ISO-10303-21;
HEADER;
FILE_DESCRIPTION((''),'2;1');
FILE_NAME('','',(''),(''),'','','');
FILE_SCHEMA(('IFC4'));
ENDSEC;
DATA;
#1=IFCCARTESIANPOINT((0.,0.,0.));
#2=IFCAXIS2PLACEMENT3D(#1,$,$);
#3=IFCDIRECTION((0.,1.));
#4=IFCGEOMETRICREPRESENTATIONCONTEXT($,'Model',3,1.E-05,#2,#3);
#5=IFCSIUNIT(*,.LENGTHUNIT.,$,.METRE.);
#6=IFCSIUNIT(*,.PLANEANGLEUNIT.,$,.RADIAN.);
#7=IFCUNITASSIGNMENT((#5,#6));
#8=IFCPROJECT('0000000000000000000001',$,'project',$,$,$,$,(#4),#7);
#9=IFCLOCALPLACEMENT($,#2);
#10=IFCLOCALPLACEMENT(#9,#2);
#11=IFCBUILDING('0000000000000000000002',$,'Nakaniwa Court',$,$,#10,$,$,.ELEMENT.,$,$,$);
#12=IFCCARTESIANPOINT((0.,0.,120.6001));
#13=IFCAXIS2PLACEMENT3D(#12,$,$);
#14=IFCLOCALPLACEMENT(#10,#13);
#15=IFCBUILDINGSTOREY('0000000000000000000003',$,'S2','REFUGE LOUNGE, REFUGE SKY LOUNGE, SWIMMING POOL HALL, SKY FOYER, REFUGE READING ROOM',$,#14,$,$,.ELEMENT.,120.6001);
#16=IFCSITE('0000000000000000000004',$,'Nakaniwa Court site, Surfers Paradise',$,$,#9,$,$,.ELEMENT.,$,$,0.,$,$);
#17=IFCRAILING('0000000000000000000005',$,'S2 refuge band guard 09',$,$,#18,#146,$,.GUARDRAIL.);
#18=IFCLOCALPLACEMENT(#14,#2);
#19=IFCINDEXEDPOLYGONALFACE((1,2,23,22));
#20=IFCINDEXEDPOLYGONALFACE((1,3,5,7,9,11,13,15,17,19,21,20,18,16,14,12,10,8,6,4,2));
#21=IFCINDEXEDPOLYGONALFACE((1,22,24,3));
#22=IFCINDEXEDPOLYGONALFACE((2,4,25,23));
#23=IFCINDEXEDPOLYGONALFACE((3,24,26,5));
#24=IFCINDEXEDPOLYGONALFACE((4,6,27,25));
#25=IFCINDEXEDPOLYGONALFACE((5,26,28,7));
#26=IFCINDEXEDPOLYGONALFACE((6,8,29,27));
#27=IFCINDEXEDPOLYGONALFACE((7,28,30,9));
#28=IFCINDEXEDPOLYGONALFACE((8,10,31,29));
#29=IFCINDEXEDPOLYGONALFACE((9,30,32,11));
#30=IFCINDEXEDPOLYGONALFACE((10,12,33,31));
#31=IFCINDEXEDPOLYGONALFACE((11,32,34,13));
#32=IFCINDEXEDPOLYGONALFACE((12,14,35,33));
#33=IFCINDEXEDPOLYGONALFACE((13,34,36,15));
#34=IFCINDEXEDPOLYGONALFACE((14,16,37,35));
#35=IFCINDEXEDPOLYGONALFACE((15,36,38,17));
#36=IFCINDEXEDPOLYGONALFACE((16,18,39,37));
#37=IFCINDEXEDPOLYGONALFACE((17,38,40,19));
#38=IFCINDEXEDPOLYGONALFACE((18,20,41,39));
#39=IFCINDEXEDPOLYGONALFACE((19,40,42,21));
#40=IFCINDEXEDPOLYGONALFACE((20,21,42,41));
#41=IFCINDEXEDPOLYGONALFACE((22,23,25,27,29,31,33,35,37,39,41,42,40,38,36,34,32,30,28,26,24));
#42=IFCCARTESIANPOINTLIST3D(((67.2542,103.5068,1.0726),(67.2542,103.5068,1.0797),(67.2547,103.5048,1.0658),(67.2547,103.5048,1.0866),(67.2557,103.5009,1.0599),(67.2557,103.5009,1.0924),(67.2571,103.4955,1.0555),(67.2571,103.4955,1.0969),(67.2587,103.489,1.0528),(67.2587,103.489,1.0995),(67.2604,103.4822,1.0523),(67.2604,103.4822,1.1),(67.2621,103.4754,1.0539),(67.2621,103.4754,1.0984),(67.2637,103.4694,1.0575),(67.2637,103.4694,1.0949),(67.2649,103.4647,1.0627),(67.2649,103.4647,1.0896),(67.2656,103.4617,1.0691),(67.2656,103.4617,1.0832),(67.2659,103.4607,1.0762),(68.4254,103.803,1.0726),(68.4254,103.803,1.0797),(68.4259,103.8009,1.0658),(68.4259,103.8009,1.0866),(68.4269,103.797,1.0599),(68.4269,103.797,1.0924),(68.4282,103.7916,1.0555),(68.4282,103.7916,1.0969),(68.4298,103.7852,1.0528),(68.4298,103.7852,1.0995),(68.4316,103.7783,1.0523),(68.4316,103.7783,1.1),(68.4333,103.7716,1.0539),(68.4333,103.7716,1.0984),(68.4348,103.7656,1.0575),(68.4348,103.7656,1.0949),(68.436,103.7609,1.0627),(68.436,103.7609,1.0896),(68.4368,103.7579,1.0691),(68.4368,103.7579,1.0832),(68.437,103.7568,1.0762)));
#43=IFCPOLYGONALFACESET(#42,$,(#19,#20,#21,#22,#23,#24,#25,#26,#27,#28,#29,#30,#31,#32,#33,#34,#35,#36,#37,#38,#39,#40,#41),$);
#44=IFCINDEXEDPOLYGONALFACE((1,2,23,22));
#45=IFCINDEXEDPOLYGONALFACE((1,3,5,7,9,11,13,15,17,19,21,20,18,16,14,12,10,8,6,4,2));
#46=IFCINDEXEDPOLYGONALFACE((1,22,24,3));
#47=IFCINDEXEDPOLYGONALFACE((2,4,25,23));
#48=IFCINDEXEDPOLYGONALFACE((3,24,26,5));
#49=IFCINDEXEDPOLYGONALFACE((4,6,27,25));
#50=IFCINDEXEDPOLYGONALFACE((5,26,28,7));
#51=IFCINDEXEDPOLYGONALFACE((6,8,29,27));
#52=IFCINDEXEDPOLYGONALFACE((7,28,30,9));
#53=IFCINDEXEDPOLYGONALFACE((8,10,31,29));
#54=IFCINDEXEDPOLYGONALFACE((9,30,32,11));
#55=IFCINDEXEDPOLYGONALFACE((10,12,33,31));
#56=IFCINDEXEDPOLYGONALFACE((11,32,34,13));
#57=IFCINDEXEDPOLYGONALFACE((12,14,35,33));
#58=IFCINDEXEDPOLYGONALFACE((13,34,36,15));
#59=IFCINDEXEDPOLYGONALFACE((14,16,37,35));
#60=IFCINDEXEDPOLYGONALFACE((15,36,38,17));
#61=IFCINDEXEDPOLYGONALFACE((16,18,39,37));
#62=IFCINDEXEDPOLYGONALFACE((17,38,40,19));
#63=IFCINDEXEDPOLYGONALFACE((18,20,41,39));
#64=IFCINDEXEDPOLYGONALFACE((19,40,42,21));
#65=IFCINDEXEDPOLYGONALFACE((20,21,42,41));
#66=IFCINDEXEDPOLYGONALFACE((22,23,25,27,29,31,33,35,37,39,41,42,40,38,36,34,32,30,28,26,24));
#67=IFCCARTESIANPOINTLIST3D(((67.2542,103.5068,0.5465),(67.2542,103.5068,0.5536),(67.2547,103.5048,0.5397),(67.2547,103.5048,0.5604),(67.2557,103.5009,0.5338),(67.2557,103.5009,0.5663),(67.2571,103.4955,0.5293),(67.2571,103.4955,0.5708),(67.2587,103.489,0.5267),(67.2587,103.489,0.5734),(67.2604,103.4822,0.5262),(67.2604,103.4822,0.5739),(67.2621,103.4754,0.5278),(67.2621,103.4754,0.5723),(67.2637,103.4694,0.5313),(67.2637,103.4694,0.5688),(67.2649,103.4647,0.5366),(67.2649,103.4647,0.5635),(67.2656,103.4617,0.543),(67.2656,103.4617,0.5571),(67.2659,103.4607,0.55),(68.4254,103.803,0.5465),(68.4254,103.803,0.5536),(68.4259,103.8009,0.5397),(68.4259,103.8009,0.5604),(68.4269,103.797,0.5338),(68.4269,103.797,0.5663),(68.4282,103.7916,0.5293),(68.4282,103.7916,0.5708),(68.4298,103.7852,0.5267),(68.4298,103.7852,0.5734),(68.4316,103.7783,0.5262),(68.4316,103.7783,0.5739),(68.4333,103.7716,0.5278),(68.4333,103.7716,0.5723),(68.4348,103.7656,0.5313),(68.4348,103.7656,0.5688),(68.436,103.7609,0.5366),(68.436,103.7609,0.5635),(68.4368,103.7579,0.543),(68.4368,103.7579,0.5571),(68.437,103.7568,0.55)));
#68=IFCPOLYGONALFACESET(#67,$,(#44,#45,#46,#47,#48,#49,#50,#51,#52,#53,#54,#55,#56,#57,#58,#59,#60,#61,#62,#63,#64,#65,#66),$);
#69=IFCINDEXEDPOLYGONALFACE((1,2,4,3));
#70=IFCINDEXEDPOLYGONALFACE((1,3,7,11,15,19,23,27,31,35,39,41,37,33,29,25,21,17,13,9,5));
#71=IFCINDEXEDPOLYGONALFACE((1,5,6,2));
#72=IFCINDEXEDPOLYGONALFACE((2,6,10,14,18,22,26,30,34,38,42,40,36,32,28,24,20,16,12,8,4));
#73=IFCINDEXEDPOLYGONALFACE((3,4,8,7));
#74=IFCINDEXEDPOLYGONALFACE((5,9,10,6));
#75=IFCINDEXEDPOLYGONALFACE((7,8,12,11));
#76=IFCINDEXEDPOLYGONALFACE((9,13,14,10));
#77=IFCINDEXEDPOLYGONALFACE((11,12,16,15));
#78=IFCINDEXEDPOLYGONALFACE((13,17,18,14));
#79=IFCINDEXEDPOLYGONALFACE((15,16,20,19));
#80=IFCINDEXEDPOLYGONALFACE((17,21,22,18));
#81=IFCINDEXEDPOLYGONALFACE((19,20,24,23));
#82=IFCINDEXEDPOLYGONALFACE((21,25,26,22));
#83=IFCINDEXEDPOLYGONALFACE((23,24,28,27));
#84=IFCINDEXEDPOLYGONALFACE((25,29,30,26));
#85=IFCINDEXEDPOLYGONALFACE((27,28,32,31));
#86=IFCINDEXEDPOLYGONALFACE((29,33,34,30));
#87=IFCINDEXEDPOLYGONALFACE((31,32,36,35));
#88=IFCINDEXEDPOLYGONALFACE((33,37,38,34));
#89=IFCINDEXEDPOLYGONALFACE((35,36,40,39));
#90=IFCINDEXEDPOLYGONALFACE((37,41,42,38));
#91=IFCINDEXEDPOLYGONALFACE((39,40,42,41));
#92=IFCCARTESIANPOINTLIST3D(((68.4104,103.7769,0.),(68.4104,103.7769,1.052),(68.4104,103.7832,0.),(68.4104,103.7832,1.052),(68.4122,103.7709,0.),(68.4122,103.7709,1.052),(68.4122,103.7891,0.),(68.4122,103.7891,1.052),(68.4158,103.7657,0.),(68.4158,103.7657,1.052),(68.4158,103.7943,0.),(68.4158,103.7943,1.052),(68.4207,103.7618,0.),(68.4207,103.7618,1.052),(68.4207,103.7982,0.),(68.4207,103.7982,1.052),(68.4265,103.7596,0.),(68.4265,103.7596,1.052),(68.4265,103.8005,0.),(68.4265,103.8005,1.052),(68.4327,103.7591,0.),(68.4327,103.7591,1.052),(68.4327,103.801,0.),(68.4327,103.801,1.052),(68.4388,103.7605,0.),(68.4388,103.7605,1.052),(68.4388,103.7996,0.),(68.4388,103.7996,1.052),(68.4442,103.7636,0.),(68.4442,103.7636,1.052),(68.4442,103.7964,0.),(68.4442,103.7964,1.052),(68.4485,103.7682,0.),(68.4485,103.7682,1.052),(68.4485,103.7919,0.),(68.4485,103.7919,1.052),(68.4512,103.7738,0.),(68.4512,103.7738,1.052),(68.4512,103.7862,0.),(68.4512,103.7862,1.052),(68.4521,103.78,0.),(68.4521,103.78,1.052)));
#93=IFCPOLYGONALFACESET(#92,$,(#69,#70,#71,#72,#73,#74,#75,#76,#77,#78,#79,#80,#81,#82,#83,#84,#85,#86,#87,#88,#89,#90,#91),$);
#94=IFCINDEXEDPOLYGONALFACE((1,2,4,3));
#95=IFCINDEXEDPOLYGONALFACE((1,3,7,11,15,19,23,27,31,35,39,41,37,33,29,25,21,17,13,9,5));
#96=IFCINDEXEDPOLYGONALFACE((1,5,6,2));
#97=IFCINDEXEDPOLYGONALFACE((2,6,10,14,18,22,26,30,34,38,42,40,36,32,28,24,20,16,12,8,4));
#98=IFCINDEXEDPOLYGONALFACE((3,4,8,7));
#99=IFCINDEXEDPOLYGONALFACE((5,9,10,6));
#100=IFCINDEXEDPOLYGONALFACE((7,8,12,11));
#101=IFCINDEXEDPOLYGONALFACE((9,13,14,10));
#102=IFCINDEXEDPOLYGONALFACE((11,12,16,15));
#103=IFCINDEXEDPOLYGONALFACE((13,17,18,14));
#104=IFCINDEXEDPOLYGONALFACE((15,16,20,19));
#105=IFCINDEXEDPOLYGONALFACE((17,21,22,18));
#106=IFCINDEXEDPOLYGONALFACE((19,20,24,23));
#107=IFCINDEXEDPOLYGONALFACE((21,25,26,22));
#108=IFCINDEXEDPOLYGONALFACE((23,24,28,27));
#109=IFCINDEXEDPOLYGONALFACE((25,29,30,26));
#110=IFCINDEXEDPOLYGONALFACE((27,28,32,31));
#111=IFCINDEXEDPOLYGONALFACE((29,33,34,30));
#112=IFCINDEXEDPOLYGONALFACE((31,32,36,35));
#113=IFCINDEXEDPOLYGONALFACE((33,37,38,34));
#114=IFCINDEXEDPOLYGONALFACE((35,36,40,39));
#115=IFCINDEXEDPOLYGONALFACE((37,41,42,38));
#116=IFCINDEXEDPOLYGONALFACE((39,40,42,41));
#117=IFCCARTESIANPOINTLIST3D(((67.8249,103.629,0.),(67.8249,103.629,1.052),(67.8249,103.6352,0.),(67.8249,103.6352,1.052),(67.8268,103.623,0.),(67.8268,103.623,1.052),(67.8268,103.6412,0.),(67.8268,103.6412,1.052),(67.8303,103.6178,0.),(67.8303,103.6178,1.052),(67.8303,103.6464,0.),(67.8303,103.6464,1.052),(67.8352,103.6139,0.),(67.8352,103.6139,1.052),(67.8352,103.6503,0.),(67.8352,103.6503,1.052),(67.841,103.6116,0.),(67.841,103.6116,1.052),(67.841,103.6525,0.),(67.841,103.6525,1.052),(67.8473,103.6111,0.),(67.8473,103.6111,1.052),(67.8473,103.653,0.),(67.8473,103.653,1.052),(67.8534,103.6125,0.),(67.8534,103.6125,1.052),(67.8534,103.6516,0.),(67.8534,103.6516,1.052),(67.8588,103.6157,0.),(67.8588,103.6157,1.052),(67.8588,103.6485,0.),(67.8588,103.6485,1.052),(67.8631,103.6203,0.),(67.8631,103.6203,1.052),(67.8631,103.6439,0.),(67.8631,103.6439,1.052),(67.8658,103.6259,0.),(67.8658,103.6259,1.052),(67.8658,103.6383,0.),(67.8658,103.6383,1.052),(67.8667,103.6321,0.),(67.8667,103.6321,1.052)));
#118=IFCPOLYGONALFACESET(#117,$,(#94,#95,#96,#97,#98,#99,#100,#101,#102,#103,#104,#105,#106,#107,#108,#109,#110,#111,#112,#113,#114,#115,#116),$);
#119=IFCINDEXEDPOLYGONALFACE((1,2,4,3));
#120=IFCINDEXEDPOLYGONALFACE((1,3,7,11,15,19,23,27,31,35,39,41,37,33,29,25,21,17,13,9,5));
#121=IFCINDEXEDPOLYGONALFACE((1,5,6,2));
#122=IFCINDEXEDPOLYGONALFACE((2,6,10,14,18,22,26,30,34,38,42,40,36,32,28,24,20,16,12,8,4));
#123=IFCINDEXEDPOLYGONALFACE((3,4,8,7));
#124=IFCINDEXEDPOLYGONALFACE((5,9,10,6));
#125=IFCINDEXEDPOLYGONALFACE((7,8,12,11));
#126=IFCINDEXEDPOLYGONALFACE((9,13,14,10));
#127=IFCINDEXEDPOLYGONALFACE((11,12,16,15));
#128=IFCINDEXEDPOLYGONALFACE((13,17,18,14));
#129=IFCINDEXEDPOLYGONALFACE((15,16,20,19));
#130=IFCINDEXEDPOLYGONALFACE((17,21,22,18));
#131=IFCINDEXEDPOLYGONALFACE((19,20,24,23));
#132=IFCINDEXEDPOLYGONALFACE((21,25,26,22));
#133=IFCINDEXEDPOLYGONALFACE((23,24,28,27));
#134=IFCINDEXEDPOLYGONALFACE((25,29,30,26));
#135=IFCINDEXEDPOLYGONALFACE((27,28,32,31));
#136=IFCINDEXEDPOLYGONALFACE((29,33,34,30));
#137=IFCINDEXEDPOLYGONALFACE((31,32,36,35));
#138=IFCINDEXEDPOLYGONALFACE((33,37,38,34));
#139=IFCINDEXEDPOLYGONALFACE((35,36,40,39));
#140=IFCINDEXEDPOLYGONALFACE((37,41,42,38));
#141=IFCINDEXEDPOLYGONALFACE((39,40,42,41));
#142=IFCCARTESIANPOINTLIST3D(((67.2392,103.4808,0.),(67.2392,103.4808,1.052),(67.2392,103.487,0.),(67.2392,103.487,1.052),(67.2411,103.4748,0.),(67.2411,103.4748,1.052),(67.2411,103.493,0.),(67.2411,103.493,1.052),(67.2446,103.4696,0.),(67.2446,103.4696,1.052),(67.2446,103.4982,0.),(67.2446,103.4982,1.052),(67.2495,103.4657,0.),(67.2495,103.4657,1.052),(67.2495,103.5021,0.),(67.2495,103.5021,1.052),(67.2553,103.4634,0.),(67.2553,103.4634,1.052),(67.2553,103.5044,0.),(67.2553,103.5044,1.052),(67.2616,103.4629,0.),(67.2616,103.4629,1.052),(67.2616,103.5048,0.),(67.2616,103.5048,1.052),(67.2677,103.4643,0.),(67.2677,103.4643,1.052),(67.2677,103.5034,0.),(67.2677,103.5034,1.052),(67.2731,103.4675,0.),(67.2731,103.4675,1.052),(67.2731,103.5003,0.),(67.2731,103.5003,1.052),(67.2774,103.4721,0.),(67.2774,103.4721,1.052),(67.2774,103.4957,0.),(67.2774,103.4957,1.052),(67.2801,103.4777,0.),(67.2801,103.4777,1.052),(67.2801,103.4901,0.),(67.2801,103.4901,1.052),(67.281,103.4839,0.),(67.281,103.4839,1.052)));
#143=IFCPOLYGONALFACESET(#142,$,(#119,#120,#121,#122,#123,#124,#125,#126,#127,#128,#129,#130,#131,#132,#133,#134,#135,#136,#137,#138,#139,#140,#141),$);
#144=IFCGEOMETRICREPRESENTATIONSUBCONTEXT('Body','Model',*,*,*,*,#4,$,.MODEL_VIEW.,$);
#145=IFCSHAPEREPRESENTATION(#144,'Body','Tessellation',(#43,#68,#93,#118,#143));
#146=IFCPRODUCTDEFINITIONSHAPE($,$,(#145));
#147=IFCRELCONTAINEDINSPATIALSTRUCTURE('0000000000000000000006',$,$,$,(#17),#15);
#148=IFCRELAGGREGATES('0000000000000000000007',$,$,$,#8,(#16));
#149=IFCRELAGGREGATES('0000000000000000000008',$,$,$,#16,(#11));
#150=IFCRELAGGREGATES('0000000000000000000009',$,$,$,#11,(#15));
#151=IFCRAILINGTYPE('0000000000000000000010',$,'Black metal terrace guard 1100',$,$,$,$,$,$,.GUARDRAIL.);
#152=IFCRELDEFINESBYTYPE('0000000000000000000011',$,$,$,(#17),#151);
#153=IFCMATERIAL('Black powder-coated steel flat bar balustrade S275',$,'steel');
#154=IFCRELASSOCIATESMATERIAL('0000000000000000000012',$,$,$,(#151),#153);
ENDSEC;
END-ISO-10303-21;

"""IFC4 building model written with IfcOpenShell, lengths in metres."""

from ifc_helpers import new_model, si_unit, direction, frame, origin, origin_2d, place, context, subcontext, project, spatial, circle, extrude, material, type_object, element, save


model = new_model("IFC4")

# Units and contexts
model_context = context("Model", 3, precision=1e-05, world=origin(), true_north=direction((0.0, 1.0)))
body_context = subcontext(model_context, "Body", "Model", "MODEL_VIEW")
ifc_project = project(units=[si_unit("LENGTHUNIT", "METRE"), si_unit("PLANEANGLEUNIT", "RADIAN")], contexts=[model_context])

# Site, building, storey
site_placement = place(None, origin())
site = spatial("IfcSite", under=ifc_project, at=site_placement, Name="Nakaniwa Court site, Surfers Paradise", CompositionType="ELEMENT", RefElevation=0.0)
building_placement = place(site_placement, origin())
building = spatial("IfcBuilding", under=site, at=building_placement, Name="Nakaniwa Court", CompositionType="ELEMENT")
storey_placement = place(building_placement, frame((0.0, 0.0, 120.6001)))
storey = spatial("IfcBuildingStorey", under=building, at=storey_placement, Name="S2", Description="REFUGE LOUNGE, REFUGE SKY LOUNGE, SWIMMING POOL HALL, SKY FOYER, REFUGE READING ROOM", CompositionType="ELEMENT", Elevation=120.6001)

# Railing
ifc_material_1 = material(Name="Black powder-coated steel flat bar balustrade S275", Category="steel")
railing_type_1 = type_object("IfcRailingType", Name="Black metal terrace guard 1100", PredefinedType="GUARDRAIL", material=ifc_material_1)
railing_placement = place(storey_placement, frame((68.4312, 103.78, 0.0)))
element("IfcRailing", 1, at=railing_placement, inside=storey, type_object=railing_type_1, Name="S2 refuge band guard 09", PredefinedType="GUARDRAIL", context=body_context, shape_type="SweptSolid", body=[
    extrude(circle(Radius=0.0239, at=origin_2d()), frame((0.0, 0.0, 1.0762), z_axis=(-0.969485, -0.24515, 0.0), x_axis=(0.24515, -0.969485, 0.0)), (0.0, 0.0, 1.0), 1.208),
    extrude(circle(Radius=0.0239, at=origin_2d()), frame((0.0, 0.0, 0.55), z_axis=(-0.969485, -0.24515, 0.0), x_axis=(0.24515, -0.969485, 0.0)), (0.0, 0.0, 1.0), 1.208),
    extrude(circle(Radius=0.021, at=origin_2d()), origin(), (0.0, 0.0, 1.0), 1.052),
    extrude(circle(Radius=0.021, at=origin_2d()), frame((-0.5854, -0.1479, 0.0)), (0.0, 0.0, 1.0), 1.052),
    extrude(circle(Radius=0.021, at=origin_2d()), frame((-1.1711, -0.2961, 0.0)), (0.0, 0.0, 1.0), 1.052),
])

save(model, "model.ifc")
